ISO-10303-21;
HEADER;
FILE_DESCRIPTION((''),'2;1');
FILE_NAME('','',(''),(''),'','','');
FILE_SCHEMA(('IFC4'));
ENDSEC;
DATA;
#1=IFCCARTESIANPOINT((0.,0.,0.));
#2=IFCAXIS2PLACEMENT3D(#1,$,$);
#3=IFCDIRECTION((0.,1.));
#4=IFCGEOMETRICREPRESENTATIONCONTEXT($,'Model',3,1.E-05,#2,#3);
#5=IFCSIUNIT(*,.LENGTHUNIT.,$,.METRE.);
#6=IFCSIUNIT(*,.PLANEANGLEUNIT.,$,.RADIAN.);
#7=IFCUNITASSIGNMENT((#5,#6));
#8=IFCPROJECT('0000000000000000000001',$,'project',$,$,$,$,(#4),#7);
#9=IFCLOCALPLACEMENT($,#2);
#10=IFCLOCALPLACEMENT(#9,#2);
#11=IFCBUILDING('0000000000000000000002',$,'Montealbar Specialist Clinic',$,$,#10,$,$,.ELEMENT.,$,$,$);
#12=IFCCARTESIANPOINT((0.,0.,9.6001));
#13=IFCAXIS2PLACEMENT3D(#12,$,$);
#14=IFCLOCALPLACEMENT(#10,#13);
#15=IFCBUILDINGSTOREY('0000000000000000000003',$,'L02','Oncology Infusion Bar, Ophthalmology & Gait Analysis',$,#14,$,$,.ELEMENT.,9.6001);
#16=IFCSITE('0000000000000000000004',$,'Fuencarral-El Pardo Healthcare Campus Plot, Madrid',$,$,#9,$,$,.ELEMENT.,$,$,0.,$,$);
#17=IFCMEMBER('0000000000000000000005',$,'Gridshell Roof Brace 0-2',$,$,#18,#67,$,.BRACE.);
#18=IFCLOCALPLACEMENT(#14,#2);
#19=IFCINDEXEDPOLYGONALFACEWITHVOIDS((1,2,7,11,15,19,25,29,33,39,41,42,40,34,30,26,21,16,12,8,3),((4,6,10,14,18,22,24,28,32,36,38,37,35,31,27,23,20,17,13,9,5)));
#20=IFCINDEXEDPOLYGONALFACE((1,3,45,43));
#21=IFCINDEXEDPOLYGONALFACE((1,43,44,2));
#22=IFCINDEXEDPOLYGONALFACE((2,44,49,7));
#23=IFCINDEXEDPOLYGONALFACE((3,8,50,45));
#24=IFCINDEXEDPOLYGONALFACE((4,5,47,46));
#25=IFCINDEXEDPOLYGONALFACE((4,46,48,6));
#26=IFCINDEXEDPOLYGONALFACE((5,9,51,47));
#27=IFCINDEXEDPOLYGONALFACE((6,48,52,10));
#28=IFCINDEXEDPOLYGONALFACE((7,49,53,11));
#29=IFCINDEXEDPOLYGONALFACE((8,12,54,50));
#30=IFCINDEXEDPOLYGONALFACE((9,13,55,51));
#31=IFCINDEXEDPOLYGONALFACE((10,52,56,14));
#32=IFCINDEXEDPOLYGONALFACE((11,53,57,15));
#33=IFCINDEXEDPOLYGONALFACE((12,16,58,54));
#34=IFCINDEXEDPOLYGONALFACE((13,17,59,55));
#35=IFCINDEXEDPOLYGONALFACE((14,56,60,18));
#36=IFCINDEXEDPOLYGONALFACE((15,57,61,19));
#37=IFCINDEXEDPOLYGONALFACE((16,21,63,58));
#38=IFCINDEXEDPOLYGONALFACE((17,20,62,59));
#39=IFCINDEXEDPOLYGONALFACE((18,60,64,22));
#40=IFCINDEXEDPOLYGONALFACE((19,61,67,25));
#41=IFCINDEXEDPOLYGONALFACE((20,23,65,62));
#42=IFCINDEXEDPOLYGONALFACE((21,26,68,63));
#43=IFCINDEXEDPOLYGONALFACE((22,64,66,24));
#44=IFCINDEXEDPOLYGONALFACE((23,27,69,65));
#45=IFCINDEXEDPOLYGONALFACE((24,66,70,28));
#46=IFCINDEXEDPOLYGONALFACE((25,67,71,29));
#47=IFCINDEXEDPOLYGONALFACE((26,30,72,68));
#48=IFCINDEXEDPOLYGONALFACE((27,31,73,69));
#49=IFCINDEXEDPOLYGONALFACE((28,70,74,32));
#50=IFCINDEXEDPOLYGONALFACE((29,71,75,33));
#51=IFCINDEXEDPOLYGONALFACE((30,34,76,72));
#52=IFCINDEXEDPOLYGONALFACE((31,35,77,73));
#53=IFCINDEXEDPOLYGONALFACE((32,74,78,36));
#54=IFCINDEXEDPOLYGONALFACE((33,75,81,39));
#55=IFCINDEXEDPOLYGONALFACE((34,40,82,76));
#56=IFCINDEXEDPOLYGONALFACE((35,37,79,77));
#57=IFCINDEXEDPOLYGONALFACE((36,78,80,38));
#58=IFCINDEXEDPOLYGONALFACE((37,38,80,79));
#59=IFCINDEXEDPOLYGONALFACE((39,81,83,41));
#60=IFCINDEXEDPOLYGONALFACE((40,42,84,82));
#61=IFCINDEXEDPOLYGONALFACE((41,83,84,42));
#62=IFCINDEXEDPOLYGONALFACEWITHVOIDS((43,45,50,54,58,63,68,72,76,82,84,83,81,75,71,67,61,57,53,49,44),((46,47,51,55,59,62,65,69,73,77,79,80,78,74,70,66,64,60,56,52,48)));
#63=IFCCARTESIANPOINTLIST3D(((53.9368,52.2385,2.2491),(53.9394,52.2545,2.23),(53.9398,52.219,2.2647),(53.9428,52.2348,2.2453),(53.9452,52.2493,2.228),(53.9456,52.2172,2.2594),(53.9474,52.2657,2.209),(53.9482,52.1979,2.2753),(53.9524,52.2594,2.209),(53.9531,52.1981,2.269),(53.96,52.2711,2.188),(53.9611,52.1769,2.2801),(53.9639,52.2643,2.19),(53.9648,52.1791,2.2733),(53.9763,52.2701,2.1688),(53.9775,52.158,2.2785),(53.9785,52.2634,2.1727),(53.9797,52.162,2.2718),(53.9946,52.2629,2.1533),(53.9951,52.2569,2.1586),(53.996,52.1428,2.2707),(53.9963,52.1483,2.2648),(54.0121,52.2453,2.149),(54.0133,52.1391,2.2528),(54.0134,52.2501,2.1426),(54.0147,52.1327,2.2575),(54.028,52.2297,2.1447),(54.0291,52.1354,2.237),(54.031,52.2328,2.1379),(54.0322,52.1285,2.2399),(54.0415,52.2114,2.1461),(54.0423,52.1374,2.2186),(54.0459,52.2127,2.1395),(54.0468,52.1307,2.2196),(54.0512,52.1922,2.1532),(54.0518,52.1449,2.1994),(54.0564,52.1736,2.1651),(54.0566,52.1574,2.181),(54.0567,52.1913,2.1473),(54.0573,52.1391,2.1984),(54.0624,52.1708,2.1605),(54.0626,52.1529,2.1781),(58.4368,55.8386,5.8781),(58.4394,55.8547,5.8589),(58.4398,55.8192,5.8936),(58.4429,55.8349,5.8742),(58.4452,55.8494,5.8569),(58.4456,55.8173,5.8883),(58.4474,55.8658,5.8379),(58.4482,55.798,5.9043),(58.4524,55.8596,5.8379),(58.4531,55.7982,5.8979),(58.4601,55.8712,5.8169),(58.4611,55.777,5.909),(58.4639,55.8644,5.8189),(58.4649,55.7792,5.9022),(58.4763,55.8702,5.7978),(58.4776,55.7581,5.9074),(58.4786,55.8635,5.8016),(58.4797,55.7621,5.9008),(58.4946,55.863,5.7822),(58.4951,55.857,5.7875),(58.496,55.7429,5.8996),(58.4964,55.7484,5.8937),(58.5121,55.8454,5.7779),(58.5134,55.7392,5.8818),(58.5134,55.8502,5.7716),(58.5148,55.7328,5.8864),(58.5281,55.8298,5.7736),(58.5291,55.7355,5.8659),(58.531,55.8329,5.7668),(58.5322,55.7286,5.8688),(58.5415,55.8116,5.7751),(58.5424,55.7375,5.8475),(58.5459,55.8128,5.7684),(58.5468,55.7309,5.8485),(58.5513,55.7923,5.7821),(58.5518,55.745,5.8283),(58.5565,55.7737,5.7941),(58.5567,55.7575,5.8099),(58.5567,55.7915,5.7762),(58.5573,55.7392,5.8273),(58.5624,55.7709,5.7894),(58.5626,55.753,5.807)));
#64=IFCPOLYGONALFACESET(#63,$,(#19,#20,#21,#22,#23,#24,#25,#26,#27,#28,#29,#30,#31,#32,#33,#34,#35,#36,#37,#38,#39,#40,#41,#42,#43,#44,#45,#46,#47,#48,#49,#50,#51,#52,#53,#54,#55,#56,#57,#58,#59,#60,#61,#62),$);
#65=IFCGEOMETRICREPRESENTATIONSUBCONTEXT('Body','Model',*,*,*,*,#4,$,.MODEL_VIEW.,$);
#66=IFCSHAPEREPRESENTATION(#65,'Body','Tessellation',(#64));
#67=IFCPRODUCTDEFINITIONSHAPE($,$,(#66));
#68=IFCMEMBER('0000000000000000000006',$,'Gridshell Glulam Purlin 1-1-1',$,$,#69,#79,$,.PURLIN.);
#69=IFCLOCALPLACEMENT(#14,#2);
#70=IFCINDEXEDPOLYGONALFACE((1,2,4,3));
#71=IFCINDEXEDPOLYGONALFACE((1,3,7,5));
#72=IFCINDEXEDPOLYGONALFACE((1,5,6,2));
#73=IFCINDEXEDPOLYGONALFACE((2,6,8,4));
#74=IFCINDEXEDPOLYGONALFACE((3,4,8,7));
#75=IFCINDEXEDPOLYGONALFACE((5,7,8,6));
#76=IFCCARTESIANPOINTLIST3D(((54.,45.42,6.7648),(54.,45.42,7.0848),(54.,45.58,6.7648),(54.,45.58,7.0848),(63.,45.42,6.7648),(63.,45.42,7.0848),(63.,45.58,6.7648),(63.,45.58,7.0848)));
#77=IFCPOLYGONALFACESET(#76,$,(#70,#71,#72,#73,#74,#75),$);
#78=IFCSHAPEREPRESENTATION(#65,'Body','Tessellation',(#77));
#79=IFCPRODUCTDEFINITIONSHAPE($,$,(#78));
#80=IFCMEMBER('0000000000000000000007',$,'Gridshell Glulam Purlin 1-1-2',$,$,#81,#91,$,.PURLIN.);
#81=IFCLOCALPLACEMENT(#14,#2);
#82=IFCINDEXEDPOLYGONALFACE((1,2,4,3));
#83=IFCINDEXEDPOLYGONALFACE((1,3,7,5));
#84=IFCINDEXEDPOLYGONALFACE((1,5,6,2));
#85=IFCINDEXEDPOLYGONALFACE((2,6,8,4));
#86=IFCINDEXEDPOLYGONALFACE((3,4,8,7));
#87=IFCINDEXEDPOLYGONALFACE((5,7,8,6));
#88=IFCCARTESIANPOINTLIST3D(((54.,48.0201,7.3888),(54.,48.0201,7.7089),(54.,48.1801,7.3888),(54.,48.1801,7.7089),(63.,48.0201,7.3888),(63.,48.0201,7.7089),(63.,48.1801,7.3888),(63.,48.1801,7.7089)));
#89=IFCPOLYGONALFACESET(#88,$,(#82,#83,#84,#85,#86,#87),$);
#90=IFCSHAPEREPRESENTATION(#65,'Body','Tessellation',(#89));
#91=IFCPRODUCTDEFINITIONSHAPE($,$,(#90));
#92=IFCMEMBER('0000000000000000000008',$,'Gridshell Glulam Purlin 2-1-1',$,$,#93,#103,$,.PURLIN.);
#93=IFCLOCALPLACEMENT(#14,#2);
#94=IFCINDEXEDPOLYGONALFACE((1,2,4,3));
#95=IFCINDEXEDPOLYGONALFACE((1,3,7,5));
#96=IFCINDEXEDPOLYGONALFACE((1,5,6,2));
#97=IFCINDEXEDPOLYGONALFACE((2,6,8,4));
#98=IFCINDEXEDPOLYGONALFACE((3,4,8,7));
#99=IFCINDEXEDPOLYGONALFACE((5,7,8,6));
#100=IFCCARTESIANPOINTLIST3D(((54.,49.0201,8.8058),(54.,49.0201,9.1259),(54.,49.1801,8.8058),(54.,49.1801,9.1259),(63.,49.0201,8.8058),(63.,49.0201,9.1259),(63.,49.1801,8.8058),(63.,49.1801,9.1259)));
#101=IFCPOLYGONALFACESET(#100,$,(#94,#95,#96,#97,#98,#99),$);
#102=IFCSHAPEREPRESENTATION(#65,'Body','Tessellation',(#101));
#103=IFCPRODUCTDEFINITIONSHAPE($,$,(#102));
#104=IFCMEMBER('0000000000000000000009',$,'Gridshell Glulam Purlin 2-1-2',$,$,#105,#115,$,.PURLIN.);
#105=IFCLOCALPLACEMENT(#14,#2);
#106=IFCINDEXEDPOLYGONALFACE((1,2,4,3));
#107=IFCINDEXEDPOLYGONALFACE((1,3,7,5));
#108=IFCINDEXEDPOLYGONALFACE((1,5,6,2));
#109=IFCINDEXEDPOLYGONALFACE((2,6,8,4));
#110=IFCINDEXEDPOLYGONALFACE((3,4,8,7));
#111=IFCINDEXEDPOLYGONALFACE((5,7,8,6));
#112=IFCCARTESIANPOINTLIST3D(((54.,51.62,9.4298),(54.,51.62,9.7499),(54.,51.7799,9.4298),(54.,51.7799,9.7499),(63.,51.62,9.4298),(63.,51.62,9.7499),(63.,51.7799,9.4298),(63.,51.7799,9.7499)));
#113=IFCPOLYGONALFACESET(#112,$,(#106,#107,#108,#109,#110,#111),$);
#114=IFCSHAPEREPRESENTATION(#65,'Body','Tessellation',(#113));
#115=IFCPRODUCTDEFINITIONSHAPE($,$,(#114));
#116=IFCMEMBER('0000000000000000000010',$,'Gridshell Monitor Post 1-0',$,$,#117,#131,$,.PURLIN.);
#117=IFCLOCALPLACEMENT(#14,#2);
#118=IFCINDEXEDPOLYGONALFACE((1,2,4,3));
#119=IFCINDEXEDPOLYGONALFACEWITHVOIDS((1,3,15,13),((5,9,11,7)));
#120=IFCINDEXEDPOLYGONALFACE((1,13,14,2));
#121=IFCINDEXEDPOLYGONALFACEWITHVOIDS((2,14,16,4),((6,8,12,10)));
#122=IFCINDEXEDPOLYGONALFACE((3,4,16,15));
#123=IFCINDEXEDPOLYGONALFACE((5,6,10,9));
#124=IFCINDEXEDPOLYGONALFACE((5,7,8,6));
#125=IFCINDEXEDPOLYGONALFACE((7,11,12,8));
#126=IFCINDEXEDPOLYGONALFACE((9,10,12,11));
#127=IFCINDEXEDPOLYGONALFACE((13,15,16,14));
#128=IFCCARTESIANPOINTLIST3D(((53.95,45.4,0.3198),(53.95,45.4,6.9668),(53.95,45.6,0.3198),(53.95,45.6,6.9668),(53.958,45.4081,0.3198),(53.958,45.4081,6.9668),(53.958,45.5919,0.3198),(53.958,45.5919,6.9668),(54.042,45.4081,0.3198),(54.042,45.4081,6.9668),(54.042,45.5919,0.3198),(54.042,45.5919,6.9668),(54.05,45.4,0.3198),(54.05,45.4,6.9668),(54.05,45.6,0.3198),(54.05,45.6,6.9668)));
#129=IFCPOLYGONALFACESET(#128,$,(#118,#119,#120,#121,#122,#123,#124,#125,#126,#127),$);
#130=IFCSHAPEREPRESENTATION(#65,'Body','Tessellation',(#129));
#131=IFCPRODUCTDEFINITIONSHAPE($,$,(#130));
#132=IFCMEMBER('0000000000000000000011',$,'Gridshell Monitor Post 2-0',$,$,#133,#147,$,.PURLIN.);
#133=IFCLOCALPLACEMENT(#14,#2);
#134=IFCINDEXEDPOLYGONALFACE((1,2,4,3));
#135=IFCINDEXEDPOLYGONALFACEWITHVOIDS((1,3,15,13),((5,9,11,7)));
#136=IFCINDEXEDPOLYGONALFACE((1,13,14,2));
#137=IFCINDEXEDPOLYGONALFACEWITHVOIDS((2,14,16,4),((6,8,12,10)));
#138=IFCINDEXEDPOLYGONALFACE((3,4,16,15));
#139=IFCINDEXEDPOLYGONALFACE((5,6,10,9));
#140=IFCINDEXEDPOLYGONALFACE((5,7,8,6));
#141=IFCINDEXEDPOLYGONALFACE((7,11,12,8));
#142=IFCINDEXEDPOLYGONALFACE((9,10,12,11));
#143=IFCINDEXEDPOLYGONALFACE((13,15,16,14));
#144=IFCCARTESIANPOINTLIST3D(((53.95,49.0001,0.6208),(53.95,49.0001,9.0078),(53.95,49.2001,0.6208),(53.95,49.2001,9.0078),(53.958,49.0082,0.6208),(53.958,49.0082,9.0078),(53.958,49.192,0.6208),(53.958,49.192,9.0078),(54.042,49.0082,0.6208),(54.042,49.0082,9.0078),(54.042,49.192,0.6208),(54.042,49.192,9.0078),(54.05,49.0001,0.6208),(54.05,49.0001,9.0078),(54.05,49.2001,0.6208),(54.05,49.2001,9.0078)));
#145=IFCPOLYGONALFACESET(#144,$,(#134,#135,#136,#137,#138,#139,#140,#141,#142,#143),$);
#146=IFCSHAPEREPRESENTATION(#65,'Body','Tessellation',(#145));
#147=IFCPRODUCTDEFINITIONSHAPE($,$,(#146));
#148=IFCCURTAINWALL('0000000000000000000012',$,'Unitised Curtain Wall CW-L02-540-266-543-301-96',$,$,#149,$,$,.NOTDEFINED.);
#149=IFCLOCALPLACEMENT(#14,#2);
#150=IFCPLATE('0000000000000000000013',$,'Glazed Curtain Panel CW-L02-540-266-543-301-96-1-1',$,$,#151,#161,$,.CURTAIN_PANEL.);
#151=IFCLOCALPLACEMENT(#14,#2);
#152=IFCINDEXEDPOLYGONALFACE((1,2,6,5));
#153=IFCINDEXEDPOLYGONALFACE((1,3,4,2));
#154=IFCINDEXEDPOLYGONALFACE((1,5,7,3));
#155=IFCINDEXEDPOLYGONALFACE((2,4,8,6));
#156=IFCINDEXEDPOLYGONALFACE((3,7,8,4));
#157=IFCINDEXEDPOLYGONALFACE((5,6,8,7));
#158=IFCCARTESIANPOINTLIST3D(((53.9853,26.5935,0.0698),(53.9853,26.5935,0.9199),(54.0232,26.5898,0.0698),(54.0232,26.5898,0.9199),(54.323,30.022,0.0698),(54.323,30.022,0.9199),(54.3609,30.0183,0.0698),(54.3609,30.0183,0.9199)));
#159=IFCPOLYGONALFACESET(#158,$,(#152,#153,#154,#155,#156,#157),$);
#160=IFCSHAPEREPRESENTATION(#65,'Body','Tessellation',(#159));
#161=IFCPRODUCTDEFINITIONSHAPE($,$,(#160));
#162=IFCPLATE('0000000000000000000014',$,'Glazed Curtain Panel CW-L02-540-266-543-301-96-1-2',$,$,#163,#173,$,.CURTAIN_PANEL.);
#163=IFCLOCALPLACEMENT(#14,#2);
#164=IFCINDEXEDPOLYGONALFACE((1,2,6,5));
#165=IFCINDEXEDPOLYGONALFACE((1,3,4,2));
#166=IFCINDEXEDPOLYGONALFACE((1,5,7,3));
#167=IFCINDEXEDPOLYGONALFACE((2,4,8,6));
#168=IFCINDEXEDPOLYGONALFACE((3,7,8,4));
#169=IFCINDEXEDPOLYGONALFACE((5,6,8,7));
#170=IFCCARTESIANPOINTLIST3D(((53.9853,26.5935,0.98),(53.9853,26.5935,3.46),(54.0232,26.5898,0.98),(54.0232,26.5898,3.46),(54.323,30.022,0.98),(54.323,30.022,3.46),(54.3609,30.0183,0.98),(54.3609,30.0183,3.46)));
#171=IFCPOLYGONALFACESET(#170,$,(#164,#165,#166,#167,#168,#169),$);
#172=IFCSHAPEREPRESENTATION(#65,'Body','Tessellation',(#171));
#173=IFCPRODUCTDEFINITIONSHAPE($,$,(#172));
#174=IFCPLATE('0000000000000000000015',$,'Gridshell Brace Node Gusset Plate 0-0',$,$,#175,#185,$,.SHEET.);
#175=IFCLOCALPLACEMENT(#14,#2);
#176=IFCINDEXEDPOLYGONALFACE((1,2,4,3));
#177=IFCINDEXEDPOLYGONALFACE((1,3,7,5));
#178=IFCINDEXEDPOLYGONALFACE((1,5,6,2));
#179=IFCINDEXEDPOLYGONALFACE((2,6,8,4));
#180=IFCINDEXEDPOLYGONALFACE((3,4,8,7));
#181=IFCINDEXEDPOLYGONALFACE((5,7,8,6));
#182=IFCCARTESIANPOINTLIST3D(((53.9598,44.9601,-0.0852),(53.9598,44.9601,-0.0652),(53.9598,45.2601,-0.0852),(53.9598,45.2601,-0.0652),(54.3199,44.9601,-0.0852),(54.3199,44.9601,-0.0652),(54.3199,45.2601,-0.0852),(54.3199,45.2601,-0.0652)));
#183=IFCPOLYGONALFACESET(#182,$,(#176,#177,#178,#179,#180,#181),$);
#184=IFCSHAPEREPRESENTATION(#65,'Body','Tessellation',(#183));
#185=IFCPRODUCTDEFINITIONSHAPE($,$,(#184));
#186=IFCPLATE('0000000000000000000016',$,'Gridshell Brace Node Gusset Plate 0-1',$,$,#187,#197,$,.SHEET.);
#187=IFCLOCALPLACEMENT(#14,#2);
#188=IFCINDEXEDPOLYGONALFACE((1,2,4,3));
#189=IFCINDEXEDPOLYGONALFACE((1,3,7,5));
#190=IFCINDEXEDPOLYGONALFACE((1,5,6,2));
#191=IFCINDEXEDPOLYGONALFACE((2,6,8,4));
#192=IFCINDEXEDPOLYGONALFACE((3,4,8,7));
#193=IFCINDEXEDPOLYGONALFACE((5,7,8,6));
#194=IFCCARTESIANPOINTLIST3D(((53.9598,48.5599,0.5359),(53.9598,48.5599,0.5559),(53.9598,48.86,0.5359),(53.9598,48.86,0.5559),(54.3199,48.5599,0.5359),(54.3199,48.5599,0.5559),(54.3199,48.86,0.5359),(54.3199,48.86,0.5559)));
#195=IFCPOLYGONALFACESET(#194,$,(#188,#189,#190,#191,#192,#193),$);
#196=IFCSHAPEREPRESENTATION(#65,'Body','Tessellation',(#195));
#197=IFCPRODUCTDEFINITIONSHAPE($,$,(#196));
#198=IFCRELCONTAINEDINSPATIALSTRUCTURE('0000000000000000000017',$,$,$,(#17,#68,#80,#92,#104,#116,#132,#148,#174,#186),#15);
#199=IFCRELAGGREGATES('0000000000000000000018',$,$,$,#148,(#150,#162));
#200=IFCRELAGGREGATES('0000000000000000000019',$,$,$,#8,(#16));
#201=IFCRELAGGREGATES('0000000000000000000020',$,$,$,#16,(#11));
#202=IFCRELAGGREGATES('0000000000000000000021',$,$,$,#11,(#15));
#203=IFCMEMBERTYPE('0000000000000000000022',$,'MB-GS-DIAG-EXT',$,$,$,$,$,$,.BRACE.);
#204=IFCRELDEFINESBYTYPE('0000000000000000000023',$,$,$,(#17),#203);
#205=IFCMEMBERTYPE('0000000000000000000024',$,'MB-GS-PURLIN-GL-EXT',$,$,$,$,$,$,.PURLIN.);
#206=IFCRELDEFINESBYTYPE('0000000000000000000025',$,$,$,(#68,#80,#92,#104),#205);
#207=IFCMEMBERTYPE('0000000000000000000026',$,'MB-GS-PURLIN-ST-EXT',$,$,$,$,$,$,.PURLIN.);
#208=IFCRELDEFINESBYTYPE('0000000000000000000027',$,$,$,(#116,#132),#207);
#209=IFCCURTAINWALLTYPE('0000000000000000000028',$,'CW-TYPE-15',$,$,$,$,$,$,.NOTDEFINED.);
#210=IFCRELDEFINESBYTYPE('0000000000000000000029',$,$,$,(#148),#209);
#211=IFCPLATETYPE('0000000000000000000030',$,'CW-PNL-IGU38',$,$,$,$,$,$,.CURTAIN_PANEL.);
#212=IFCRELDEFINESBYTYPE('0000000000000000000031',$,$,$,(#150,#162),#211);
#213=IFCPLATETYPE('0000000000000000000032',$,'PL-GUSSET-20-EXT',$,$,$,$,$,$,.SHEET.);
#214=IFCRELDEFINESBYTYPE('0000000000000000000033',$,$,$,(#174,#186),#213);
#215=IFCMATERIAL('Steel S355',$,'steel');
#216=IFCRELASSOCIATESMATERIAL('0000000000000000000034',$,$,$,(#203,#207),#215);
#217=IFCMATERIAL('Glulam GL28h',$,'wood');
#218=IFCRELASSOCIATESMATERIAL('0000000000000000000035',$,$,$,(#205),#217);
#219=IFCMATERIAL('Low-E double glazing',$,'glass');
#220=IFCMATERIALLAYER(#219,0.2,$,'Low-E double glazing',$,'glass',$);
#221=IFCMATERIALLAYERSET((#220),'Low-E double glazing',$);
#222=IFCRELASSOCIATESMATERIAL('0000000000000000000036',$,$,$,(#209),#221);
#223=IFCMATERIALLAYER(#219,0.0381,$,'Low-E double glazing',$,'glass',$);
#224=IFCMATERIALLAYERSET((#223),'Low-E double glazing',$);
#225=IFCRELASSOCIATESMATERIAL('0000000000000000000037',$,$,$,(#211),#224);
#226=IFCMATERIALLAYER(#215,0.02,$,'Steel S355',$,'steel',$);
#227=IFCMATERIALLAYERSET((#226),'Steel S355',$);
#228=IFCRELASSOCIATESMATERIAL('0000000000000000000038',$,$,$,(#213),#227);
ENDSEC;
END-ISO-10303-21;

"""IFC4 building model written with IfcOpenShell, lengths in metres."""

from ifc_helpers import new_model, si_unit, direction, frame, origin, origin_2d, place, context, subcontext, project, spatial, rectangle, hollow_rectangle, hollow_circle, extrude, material, layer, layer_set, material_profile, profile_set, type_object, element, aggregate, save


model = new_model("IFC4")

# Units and contexts
model_context = context("Model", 3, precision=1e-05, world=origin(), true_north=direction((0.0, 1.0)))
body_context = subcontext(model_context, "Body", "Model", "MODEL_VIEW")
ifc_project = project(units=[si_unit("LENGTHUNIT", "METRE"), si_unit("PLANEANGLEUNIT", "RADIAN")], contexts=[model_context])

# Site, building, storey
site_placement = place(None, origin())
site = spatial("IfcSite", under=ifc_project, at=site_placement, Name="Fuencarral-El Pardo Healthcare Campus Plot, Madrid", CompositionType="ELEMENT", RefElevation=0.0)
building_placement = place(site_placement, origin())
building = spatial("IfcBuilding", under=site, at=building_placement, Name="Montealbar Specialist Clinic", CompositionType="ELEMENT")
storey_placement = place(building_placement, frame((0.0, 0.0, 9.6001)))
storey = spatial("IfcBuildingStorey", under=building, at=storey_placement, Name="L02", Description="Oncology Infusion Bar, Ophthalmology & Gait Analysis", CompositionType="ELEMENT", Elevation=9.6001)

# Shared definitions
ifc_material_1 = material(Name="Steel S355", Category="steel")
ifc_material_2 = material(Name="Glulam GL28h", Category="wood")

# Shared definitions
ifc_material_3 = material(Name="Low-E double glazing", Category="glass")

# Members
ifc_material_profile_1 = material_profile(ifc_material_1, hollow_circle(Radius=0.0842, WallThickness=0.0081, at=origin_2d()), Name="CHS 168.3x8.0", Category="steel")
ifc_profile_set_1 = profile_set([ifc_material_profile_1], Name="Steel S355")
member_type_1 = type_object("IfcMemberType", Name="MB-GS-DIAG-EXT", PredefinedType="BRACE", material=ifc_profile_set_1)
member_1_placement = place(storey_placement, frame((54.0, 52.2, 2.209), z_axis=(0.660768, 0.528628, 0.532859), x_axis=(-0.624705, 0.780861, 0.0)))
element("IfcMember", 1, at=member_1_placement, inside=storey, type_object=member_type_1, Name="Gridshell Roof Brace 0-2", PredefinedType="BRACE", context=body_context, shape_type="SweptSolid", body=[
    extrude(hollow_circle(Radius=0.0842, WallThickness=0.0081, at=origin_2d()), origin(), (0.0, 0.0, 1.0), 6.8103),
])
ifc_material_profile_2 = material_profile(ifc_material_2, rectangle(XDim=0.1599, YDim=0.3201, at=origin_2d()), Name="GL28h 160x320", Category="wood")
ifc_profile_set_2 = profile_set([ifc_material_profile_2], Name="Glulam GL28h")
member_type_2 = type_object("IfcMemberType", Name="MB-GS-PURLIN-GL-EXT", PredefinedType="PURLIN", material=ifc_profile_set_2)
for number, where, z_axis, x_axis, name in (
    (2, (54.0, 45.5, 6.9248), (1.0, 0.0, 0.0), (0.0, 1.0, 0.0), "Gridshell Glulam Purlin 1-1-1"),
    (3, (54.0, 48.1001, 7.5488), (1.0, 0.0, 0.0), (0.0, 1.0, 0.0), "Gridshell Glulam Purlin 1-1-2"),
    (4, (54.0, 49.1001, 8.9658), (1.0, 0.0, 0.0), (0.0, 1.0, 0.0), "Gridshell Glulam Purlin 2-1-1"),
    (5, (54.0, 51.7, 9.5898), (1.0, 0.0, 0.0), (0.0, 1.0, 0.0), "Gridshell Glulam Purlin 2-1-2"),
):
    element("IfcMember", number, at=place(storey_placement, frame(where, z_axis=z_axis, x_axis=x_axis)), inside=storey, type_object=member_type_2, Name=name, PredefinedType="PURLIN", context=body_context, shape_type="SweptSolid", body=[
        extrude(rectangle(XDim=0.1599, YDim=0.3201, at=origin_2d()), origin(), (0.0, 0.0, 1.0), 9.0),
    ])
ifc_material_profile_3 = material_profile(ifc_material_1, hollow_rectangle(XDim=0.1001, YDim=0.2, WallThickness=0.0081, at=origin_2d()), Name="RHS 200x100x8", Category="steel")
ifc_profile_set_3 = profile_set([ifc_material_profile_3], Name="Steel S355")
member_type_3 = type_object("IfcMemberType", Name="MB-GS-PURLIN-ST-EXT", PredefinedType="PURLIN", material=ifc_profile_set_3)
member_2_placement = place(storey_placement, frame((54.0, 45.5, 0.3198), z_axis=(0.0, 0.0, 1.0), x_axis=(1.0, 0.0, 0.0)))
element("IfcMember", 6, at=member_2_placement, inside=storey, type_object=member_type_3, Name="Gridshell Monitor Post 1-0", PredefinedType="PURLIN", context=body_context, shape_type="SweptSolid", body=[
    extrude(hollow_rectangle(XDim=0.1001, YDim=0.2, WallThickness=0.0081, at=origin_2d()), origin(), (0.0, 0.0, 1.0), 6.647),
])
member_3_placement = place(storey_placement, frame((54.0, 49.1001, 0.6208), z_axis=(0.0, 0.0, 1.0), x_axis=(1.0, 0.0, 0.0)))
element("IfcMember", 7, at=member_3_placement, inside=storey, type_object=member_type_3, Name="Gridshell Monitor Post 2-0", PredefinedType="PURLIN", context=body_context, shape_type="SweptSolid", body=[
    extrude(hollow_rectangle(XDim=0.1001, YDim=0.2, WallThickness=0.0081, at=origin_2d()), origin(), (0.0, 0.0, 1.0), 8.387),
])

# Curtain wall, plates
ifc_layer_1 = layer(ifc_material_3, 0.2, Name="Low-E double glazing", Category="glass")
ifc_layer_set_1 = layer_set([ifc_layer_1], Name="Low-E double glazing")
curtain_wall_type_1 = type_object("IfcCurtainWallType", Name="CW-TYPE-15", PredefinedType="NOTDEFINED", material=ifc_layer_set_1)
curtain_wall_1_placement = place(storey_placement, origin())
curtain_wall_1 = element("IfcCurtainWall", 8, at=curtain_wall_1_placement, inside=storey, type_object=curtain_wall_type_1, Name="Unitised Curtain Wall CW-L02-540-266-543-301-96", PredefinedType="NOTDEFINED")
ifc_layer_2 = layer(ifc_material_3, 0.0381, Name="Low-E double glazing", Category="glass")
ifc_layer_set_2 = layer_set([ifc_layer_2], Name="Low-E double glazing")
plate_type_1 = type_object("IfcPlateType", Name="CW-PNL-IGU38", PredefinedType="CURTAIN_PANEL", material=ifc_layer_set_2)
plate_1_placement = place(storey_placement, frame((54.1731, 28.3059, 0.0698), z_axis=(0.0, 0.0, 1.0), x_axis=(0.098045, 0.995182, 0.0)))
plate_1 = element("IfcPlate", 9, at=plate_1_placement, type_object=plate_type_1, Name="Glazed Curtain Panel CW-L02-540-266-543-301-96-1-1", PredefinedType="CURTAIN_PANEL", context=body_context, shape_type="SweptSolid", body=[
    extrude(rectangle(XDim=3.4451, YDim=0.0381, at=origin_2d()), origin(), (0.0, 0.0, 1.0), 0.8501),
])
plate_2_placement = place(storey_placement, frame((54.1731, 28.3059, 0.98), z_axis=(0.0, 0.0, 1.0), x_axis=(0.098045, 0.995182, 0.0)))
plate_2 = element("IfcPlate", 10, at=plate_2_placement, type_object=plate_type_1, Name="Glazed Curtain Panel CW-L02-540-266-543-301-96-1-2", PredefinedType="CURTAIN_PANEL", context=body_context, shape_type="SweptSolid", body=[
    extrude(rectangle(XDim=3.4451, YDim=0.0381, at=origin_2d()), origin(), (0.0, 0.0, 1.0), 2.48),
])
aggregate(curtain_wall_1, [plate_1, plate_2])

# Plates
ifc_layer_3 = layer(ifc_material_1, 0.02, Name="Steel S355", Category="steel")
ifc_layer_set_3 = layer_set([ifc_layer_3], Name="Steel S355")
plate_type_2 = type_object("IfcPlateType", Name="PL-GUSSET-20-EXT", PredefinedType="SHEET", material=ifc_layer_set_3)
for number, where, z_axis, x_axis, name in (
    (11, (54.1399, 45.1101, -0.0852), (0.0, 0.0, 1.0), (1.0, 0.0, 0.0), "Gridshell Brace Node Gusset Plate 0-0"),
    (12, (54.1399, 48.71, 0.5359), (0.0, 0.0, 1.0), (1.0, 0.0, 0.0), "Gridshell Brace Node Gusset Plate 0-1"),
):
    element("IfcPlate", number, at=place(storey_placement, frame(where, z_axis=z_axis, x_axis=x_axis)), inside=storey, type_object=plate_type_2, Name=name, PredefinedType="SHEET", context=body_context, shape_type="SweptSolid", body=[
        extrude(rectangle(XDim=0.3601, YDim=0.3, at=origin_2d()), origin(), (0.0, 0.0, 1.0), 0.02),
    ])

save(model, "model.ifc")
